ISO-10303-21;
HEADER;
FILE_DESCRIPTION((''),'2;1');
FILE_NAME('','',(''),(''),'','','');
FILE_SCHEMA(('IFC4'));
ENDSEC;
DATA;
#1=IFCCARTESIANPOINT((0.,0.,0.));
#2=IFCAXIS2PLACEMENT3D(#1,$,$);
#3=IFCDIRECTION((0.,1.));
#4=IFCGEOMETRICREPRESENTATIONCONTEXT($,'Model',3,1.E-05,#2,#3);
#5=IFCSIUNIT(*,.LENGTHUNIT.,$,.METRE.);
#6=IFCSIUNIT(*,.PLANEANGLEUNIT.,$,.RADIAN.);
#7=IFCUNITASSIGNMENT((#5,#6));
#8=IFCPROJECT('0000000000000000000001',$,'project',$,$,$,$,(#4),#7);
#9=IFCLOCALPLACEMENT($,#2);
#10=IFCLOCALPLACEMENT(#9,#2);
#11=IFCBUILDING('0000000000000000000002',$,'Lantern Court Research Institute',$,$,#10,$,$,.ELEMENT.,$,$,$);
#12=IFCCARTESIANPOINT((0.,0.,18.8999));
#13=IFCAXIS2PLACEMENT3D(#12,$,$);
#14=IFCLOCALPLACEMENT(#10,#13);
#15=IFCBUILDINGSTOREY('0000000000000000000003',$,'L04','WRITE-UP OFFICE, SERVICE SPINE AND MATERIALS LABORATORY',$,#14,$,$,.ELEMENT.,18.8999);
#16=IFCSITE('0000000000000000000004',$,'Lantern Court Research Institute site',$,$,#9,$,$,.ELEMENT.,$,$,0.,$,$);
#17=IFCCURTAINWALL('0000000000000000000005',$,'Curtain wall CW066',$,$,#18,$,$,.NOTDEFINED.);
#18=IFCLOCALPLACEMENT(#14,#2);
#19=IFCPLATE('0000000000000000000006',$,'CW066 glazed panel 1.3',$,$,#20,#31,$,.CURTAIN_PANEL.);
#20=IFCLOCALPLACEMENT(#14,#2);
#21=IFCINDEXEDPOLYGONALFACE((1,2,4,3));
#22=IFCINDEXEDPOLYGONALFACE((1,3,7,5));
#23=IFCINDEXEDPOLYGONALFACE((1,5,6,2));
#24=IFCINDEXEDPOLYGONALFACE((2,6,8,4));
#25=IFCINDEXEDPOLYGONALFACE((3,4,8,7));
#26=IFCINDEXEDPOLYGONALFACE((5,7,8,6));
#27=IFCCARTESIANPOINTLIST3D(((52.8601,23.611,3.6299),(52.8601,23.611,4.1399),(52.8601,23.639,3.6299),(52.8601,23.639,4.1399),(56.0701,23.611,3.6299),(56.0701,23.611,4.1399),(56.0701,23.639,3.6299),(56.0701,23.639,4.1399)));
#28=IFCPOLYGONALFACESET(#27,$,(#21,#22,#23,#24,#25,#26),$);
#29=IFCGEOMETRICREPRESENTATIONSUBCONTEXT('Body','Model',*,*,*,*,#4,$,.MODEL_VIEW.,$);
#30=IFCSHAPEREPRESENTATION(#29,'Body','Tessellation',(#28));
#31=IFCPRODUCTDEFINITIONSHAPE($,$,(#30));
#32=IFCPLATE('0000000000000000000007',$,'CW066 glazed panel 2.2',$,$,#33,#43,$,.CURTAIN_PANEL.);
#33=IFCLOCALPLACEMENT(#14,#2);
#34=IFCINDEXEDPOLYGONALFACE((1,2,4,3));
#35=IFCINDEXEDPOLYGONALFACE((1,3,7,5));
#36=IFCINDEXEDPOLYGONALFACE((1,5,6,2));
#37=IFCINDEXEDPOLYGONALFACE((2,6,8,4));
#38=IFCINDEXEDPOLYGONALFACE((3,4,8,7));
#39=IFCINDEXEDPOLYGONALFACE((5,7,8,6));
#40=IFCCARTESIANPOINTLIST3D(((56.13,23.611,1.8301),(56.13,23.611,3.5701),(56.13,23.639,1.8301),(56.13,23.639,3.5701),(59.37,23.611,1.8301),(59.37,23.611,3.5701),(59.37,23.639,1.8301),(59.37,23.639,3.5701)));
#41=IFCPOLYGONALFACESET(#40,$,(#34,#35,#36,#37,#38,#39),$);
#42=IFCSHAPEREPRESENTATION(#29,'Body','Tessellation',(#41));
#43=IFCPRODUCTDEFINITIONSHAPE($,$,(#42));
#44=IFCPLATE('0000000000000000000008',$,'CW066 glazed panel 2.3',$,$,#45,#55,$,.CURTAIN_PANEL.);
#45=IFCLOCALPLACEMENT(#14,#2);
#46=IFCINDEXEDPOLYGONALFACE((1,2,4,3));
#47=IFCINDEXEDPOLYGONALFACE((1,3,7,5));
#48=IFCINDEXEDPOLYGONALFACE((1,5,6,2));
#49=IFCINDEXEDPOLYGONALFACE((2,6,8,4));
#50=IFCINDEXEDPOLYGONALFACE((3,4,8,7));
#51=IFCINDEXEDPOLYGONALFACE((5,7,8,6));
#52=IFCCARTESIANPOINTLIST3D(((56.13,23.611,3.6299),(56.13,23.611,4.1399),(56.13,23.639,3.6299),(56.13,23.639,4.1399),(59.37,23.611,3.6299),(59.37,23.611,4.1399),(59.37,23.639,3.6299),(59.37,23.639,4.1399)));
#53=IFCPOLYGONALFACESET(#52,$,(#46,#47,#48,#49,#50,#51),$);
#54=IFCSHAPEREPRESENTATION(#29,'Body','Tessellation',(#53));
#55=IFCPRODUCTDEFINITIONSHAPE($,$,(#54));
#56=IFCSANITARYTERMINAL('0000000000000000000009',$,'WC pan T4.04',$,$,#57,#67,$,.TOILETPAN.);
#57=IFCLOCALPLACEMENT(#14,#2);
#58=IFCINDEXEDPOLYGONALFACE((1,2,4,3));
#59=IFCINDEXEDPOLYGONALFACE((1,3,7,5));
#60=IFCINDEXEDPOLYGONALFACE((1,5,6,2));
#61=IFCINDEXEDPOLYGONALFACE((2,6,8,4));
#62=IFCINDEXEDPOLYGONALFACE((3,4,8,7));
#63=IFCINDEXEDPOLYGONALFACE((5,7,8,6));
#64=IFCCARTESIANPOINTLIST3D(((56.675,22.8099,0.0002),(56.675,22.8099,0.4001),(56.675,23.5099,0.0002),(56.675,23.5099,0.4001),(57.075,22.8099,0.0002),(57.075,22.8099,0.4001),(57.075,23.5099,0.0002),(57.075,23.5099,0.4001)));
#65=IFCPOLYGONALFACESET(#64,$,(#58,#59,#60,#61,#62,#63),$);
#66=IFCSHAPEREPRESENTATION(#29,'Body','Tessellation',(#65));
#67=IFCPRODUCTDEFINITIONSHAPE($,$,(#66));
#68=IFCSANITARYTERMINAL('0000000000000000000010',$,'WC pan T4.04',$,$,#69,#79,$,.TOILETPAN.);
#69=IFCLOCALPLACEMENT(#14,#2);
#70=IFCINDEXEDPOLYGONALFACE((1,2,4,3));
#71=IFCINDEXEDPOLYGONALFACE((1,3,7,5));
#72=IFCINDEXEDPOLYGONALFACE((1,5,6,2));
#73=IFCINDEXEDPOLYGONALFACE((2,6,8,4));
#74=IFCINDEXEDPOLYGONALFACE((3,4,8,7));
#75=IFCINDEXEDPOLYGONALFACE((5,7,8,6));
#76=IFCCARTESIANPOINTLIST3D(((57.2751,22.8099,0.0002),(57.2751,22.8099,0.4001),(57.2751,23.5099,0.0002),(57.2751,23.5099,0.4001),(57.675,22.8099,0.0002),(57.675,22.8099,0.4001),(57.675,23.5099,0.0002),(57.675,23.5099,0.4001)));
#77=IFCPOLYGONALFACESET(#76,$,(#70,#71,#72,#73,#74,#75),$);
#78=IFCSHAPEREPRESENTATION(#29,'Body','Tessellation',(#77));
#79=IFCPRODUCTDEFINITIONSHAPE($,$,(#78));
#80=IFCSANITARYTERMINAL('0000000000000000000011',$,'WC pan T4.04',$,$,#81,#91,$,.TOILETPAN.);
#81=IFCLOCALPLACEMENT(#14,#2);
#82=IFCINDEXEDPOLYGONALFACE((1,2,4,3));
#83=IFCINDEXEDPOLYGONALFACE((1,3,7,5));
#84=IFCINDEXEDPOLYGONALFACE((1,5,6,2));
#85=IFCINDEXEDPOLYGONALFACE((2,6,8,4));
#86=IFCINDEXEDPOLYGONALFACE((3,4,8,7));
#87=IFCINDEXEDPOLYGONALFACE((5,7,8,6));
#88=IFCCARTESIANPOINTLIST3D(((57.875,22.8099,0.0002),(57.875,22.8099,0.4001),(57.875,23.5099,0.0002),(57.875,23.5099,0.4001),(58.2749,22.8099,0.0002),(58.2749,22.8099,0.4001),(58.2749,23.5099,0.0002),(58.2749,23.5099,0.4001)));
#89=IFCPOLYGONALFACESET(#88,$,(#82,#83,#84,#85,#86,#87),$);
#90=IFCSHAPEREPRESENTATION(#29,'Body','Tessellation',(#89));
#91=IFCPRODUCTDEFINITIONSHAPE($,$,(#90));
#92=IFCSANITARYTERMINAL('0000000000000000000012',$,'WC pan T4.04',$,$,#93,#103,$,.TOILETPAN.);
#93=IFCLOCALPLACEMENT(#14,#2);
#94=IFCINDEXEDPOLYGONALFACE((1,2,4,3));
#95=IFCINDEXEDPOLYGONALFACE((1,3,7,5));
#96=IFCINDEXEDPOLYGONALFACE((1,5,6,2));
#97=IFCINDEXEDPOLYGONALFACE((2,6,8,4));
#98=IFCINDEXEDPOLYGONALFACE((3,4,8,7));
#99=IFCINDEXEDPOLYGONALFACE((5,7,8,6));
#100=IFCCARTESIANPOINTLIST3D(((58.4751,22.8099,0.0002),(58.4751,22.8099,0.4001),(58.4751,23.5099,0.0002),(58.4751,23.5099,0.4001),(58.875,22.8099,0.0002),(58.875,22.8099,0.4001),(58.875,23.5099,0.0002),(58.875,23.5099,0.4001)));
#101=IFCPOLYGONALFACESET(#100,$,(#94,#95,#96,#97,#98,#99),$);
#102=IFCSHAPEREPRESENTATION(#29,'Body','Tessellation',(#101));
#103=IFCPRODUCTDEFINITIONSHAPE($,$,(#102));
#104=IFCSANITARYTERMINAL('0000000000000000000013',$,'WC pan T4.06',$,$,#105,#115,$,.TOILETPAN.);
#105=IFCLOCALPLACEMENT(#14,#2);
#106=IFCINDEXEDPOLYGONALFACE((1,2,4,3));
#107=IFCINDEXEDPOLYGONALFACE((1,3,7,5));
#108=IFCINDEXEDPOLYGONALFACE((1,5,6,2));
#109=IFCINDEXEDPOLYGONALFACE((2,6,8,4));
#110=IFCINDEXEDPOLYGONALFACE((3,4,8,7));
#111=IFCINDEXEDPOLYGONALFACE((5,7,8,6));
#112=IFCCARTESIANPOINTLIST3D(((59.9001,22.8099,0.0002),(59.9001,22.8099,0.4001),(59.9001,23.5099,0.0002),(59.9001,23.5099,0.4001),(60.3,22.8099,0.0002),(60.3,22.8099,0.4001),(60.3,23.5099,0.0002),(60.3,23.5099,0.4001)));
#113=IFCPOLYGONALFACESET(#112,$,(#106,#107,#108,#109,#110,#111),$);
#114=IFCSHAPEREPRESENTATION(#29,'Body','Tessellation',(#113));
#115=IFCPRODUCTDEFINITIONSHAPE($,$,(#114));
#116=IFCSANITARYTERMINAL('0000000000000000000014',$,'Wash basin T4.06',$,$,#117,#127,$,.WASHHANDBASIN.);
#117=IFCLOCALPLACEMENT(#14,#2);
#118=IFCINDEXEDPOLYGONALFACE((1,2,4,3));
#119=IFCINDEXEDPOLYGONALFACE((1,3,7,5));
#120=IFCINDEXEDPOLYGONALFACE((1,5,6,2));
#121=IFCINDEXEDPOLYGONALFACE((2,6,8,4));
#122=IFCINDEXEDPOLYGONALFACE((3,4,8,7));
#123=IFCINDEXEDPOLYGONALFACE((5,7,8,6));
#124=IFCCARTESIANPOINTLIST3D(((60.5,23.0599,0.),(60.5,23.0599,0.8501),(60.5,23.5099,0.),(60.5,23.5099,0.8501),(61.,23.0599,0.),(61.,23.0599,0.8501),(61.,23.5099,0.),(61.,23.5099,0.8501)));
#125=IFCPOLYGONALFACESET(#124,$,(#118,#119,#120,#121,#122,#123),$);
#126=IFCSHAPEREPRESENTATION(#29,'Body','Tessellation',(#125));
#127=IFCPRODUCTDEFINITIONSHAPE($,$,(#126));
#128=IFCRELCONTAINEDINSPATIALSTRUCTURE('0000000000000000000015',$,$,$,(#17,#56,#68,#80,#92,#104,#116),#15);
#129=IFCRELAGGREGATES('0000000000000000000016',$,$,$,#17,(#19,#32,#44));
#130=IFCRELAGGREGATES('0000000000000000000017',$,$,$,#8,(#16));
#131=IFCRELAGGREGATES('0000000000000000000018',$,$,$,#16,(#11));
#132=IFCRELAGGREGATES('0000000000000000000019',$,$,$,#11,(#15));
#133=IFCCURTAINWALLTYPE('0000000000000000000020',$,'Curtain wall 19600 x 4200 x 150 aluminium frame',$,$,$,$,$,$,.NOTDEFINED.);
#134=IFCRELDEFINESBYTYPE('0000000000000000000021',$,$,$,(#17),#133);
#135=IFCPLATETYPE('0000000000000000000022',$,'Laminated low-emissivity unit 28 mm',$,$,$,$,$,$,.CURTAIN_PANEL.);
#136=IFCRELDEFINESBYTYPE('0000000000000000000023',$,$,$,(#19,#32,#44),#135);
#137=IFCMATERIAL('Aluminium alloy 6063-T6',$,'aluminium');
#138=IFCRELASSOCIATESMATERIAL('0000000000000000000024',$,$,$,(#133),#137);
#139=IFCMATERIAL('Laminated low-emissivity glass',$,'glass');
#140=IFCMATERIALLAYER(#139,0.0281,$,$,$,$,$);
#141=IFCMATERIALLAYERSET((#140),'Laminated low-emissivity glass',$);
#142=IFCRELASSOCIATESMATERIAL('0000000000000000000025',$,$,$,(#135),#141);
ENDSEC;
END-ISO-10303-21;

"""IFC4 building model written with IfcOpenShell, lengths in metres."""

from ifc_helpers import new_model, si_unit, direction, frame, origin, origin_2d, place, context, subcontext, project, spatial, rectangle, extrude, material, layer, layer_set, type_object, element, aggregate, save


model = new_model("IFC4")

# Units and contexts
model_context = context("Model", 3, precision=1e-05, world=origin(), true_north=direction((0.0, 1.0)))
body_context = subcontext(model_context, "Body", "Model", "MODEL_VIEW")
ifc_project = project(units=[si_unit("LENGTHUNIT", "METRE"), si_unit("PLANEANGLEUNIT", "RADIAN")], contexts=[model_context])

# Site, building, storey
site_placement = place(None, origin())
site = spatial("IfcSite", under=ifc_project, at=site_placement, Name="Lantern Court Research Institute site", CompositionType="ELEMENT", RefElevation=0.0)
building_placement = place(site_placement, origin())
building = spatial("IfcBuilding", under=site, at=building_placement, Name="Lantern Court Research Institute", CompositionType="ELEMENT")
storey_placement = place(building_placement, frame((0.0, 0.0, 18.8999)))
storey = spatial("IfcBuildingStorey", under=building, at=storey_placement, Name="L04", Description="WRITE-UP OFFICE, SERVICE SPINE AND MATERIALS LABORATORY", CompositionType="ELEMENT", Elevation=18.8999)

# Curtain wall, plates
ifc_material_1 = material(Name="Aluminium alloy 6063-T6", Category="aluminium")
curtain_wall_type = type_object("IfcCurtainWallType", Name="Curtain wall 19600 x 4200 x 150 aluminium frame", PredefinedType="NOTDEFINED", material=ifc_material_1)
curtain_wall_placement = place(storey_placement, origin())
curtain_wall = element("IfcCurtainWall", 1, at=curtain_wall_placement, inside=storey, type_object=curtain_wall_type, Name="Curtain wall CW066", PredefinedType="NOTDEFINED")
ifc_material_2 = material(Name="Laminated low-emissivity glass", Category="glass")
ifc_layer_1 = layer(ifc_material_2, 0.0281)
ifc_layer_set_1 = layer_set([ifc_layer_1], Name="Laminated low-emissivity glass")
plate_type_1 = type_object("IfcPlateType", Name="Laminated low-emissivity unit 28 mm", PredefinedType="CURTAIN_PANEL", material=ifc_layer_set_1)
plate_1_placement = place(storey_placement, frame((54.4651, 23.625, 3.6299), z_axis=(0.0, 0.0, 1.0), x_axis=(1.0, 0.0, 0.0)))
plate_1 = element("IfcPlate", 2, at=plate_1_placement, type_object=plate_type_1, Name="CW066 glazed panel 1.3", PredefinedType="CURTAIN_PANEL", context=body_context, shape_type="SweptSolid", body=[
    extrude(rectangle(XDim=3.21, YDim=0.0281, at=origin_2d()), origin(), (0.0, 0.0, 1.0), 0.51),
])
plate_2_placement = place(storey_placement, frame((57.75, 23.625, 1.8301), z_axis=(0.0, 0.0, 1.0), x_axis=(1.0, 0.0, 0.0)))
plate_2 = element("IfcPlate", 3, at=plate_2_placement, type_object=plate_type_1, Name="CW066 glazed panel 2.2", PredefinedType="CURTAIN_PANEL", context=body_context, shape_type="SweptSolid", body=[
    extrude(rectangle(XDim=3.24, YDim=0.0281, at=origin_2d()), origin(), (0.0, 0.0, 1.0), 1.74),
])
plate_3_placement = place(storey_placement, frame((57.75, 23.625, 3.6299), z_axis=(0.0, 0.0, 1.0), x_axis=(1.0, 0.0, 0.0)))
plate_3 = element("IfcPlate", 4, at=plate_3_placement, type_object=plate_type_1, Name="CW066 glazed panel 2.3", PredefinedType="CURTAIN_PANEL", context=body_context, shape_type="SweptSolid", body=[
    extrude(rectangle(XDim=3.24, YDim=0.0281, at=origin_2d()), origin(), (0.0, 0.0, 1.0), 0.51),
])
aggregate(curtain_wall, [plate_1, plate_2, plate_3])

# Sanitary terminals
for number, where, z_axis, x_axis, name in (
    (5, (56.875, 23.1599, 0.0002), (0.0, 0.0, 1.0), (1.0, 0.0, 0.0), "WC pan T4.04"),
    (6, (57.4751, 23.1599, 0.0002), (0.0, 0.0, 1.0), (1.0, 0.0, 0.0), "WC pan T4.04"),
    (7, (58.075, 23.1599, 0.0002), (0.0, 0.0, 1.0), (1.0, 0.0, 0.0), "WC pan T4.04"),
    (8, (58.675, 23.1599, 0.0002), (0.0, 0.0, 1.0), (1.0, 0.0, 0.0), "WC pan T4.04"),
    (9, (60.1001, 23.1599, 0.0002), (0.0, 0.0, 1.0), (1.0, 0.0, 0.0), "WC pan T4.06"),
):
    element("IfcSanitaryTerminal", number, at=place(storey_placement, frame(where, z_axis=z_axis, x_axis=x_axis)), inside=storey, Name=name, PredefinedType="TOILETPAN", context=body_context, shape_type="SweptSolid", body=[
        extrude(rectangle(XDim=0.3999, YDim=0.7, at=origin_2d()), origin(), (0.0, 0.0, 1.0), 0.3999),
    ])
sanitary_terminal_placement = place(storey_placement, frame((60.75, 23.2849, 0.0), z_axis=(0.0, 0.0, 1.0), x_axis=(1.0, 0.0, 0.0)))
element("IfcSanitaryTerminal", 10, at=sanitary_terminal_placement, inside=storey, Name="Wash basin T4.06", PredefinedType="WASHHANDBASIN", context=body_context, shape_type="SweptSolid", body=[
    extrude(rectangle(XDim=0.5, YDim=0.45, at=origin_2d()), origin(), (0.0, 0.0, 1.0), 0.8501),
])

save(model, "model.ifc")
